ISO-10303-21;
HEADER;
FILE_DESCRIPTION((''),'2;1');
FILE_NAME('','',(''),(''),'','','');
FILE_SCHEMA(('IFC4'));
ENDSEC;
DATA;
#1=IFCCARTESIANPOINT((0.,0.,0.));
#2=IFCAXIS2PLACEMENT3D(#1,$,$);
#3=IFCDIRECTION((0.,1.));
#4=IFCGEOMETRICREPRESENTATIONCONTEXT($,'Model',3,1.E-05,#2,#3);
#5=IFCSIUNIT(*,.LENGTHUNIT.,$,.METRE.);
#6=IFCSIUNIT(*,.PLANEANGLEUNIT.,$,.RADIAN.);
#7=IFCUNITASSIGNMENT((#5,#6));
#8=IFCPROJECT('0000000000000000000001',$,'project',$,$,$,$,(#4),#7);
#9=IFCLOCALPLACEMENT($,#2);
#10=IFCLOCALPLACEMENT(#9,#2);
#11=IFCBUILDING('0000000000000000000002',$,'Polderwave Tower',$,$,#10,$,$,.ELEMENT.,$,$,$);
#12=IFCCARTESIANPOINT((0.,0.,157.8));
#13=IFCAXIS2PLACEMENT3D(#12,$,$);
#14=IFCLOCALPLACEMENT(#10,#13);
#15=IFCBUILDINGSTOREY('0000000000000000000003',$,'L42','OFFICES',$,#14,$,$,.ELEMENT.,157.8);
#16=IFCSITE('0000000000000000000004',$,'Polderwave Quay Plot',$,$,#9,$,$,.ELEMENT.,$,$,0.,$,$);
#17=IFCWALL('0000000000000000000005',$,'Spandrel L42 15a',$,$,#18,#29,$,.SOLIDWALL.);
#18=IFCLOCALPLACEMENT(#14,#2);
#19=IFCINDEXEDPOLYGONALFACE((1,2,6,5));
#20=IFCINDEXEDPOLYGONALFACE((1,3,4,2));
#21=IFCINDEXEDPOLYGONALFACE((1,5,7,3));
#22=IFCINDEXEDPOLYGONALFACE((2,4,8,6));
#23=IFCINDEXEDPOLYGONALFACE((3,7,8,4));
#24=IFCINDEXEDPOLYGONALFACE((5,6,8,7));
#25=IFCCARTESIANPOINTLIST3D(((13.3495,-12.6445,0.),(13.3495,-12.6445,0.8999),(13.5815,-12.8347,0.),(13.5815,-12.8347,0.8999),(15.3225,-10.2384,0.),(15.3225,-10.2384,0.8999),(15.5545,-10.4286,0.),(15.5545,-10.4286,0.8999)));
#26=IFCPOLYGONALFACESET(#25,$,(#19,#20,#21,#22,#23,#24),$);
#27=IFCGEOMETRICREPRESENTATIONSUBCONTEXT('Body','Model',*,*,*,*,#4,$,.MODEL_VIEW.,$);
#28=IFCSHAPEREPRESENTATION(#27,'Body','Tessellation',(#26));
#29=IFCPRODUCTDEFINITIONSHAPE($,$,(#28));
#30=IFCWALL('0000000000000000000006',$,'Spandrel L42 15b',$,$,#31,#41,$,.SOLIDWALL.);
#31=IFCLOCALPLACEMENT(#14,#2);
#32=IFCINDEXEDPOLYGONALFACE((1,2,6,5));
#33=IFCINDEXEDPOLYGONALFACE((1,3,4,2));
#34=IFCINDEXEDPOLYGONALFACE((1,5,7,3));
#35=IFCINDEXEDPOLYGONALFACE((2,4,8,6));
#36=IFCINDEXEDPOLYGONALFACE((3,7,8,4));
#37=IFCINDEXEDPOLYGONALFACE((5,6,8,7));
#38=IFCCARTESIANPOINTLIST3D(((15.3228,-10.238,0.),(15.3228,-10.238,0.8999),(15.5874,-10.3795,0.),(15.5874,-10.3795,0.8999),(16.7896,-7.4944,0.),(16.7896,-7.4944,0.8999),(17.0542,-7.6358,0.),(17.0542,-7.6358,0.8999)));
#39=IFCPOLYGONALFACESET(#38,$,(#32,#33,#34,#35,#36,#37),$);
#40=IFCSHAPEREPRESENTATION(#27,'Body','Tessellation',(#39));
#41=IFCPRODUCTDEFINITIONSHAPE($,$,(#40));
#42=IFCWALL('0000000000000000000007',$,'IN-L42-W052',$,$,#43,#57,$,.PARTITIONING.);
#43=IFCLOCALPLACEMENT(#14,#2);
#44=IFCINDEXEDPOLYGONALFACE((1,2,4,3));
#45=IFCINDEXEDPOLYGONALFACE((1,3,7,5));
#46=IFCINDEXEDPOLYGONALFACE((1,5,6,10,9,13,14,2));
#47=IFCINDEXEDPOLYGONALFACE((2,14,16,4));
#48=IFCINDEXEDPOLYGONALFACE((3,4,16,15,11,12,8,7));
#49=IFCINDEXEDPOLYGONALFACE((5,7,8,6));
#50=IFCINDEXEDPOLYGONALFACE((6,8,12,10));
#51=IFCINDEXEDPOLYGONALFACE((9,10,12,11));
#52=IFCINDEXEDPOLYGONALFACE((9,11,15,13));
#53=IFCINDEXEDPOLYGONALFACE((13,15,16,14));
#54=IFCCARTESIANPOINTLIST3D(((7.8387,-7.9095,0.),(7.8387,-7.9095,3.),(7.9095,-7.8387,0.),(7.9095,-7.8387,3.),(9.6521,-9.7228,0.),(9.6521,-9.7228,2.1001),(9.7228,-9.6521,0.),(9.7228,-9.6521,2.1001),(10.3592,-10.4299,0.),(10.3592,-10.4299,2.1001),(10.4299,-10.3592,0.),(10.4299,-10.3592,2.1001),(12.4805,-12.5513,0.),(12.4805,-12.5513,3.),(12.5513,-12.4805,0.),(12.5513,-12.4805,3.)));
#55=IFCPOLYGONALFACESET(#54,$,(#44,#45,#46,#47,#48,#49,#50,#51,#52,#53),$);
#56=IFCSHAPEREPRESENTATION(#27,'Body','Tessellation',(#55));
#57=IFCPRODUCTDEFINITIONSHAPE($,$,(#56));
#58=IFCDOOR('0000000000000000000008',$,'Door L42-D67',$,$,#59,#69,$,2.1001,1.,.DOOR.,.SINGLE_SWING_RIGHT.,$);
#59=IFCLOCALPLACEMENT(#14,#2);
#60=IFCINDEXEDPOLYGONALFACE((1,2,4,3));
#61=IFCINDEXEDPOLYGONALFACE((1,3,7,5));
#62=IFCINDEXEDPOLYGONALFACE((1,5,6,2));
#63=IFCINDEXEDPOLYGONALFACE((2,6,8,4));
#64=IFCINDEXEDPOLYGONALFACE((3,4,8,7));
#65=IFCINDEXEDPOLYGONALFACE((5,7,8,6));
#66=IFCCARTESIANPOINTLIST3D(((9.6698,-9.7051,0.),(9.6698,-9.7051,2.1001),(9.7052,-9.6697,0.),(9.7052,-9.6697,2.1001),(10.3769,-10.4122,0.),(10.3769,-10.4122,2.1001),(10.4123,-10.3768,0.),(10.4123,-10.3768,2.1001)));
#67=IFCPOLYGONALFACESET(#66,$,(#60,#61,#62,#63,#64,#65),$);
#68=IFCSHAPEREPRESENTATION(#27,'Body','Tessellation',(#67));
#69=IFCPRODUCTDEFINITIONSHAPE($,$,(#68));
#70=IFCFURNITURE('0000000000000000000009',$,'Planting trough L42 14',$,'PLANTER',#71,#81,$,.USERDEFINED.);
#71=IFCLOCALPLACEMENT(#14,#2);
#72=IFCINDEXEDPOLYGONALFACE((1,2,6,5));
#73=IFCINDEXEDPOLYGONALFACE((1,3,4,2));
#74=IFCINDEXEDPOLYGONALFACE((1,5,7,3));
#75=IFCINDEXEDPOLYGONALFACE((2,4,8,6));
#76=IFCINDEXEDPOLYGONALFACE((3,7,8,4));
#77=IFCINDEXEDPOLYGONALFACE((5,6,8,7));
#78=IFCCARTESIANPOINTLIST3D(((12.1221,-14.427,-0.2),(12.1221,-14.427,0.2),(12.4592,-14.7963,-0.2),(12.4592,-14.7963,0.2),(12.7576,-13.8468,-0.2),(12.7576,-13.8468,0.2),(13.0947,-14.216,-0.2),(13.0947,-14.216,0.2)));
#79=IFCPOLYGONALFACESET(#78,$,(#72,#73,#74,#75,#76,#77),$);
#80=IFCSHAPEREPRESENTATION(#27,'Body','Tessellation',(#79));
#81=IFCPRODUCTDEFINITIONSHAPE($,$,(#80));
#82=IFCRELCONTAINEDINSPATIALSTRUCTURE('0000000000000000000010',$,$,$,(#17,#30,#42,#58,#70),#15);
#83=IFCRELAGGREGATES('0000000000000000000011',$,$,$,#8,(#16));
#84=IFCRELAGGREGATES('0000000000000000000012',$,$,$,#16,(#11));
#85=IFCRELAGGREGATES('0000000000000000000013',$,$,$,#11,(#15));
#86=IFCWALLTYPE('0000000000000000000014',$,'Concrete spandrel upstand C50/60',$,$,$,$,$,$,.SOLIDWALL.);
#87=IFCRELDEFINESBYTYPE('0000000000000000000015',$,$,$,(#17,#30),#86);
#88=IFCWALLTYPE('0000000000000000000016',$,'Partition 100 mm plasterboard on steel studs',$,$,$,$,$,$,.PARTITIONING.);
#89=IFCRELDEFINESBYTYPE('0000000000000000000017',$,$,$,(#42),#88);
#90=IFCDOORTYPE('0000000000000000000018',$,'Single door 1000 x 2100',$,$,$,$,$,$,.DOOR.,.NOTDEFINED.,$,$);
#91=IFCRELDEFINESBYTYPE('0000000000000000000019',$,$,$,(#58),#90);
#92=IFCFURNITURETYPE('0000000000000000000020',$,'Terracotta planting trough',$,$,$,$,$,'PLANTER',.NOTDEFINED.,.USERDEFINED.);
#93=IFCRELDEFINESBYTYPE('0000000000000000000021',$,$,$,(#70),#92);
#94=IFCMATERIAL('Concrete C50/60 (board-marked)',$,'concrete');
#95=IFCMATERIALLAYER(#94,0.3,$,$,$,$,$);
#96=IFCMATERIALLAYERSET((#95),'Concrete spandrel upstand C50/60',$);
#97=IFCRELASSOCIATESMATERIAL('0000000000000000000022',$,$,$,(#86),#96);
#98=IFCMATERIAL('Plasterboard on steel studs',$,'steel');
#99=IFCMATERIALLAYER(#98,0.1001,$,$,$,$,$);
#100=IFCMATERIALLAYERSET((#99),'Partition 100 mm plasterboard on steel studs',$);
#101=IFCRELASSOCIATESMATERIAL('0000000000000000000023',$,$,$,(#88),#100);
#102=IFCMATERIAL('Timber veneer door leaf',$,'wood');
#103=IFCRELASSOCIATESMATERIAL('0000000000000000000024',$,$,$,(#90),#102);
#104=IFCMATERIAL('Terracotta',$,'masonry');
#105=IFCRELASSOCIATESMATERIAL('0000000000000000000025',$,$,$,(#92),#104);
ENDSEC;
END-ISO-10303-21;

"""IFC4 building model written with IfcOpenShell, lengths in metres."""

from ifc_helpers import new_model, si_unit, direction, frame, frame_2d, origin, origin_2d, place, context, subcontext, project, spatial, rectangle, extrude, material, layer, layer_set, type_object, element, fill, save


model = new_model("IFC4")

# Units and contexts
model_context = context("Model", 3, precision=1e-05, world=origin(), true_north=direction((0.0, 1.0)))
body_context = subcontext(model_context, "Body", "Model", "MODEL_VIEW")
ifc_project = project(units=[si_unit("LENGTHUNIT", "METRE"), si_unit("PLANEANGLEUNIT", "RADIAN")], contexts=[model_context])

# Site, building, storey
site_placement = place(None, origin())
site = spatial("IfcSite", under=ifc_project, at=site_placement, Name="Polderwave Quay Plot", CompositionType="ELEMENT", RefElevation=0.0)
building_placement = place(site_placement, origin())
building = spatial("IfcBuilding", under=site, at=building_placement, Name="Polderwave Tower", CompositionType="ELEMENT")
storey_placement = place(building_placement, frame((0.0, 0.0, 157.8)))
storey = spatial("IfcBuildingStorey", under=building, at=storey_placement, Name="L42", Description="OFFICES", CompositionType="ELEMENT", Elevation=157.8)

# Walls
ifc_material_1 = material(Name="Concrete C50/60 (board-marked)", Category="concrete")
ifc_layer_1 = layer(ifc_material_1, 0.3)
ifc_layer_set_1 = layer_set([ifc_layer_1], Name="Concrete spandrel upstand C50/60")
wall_type_1 = type_object("IfcWallType", Name="Concrete spandrel upstand C50/60", PredefinedType="SOLIDWALL", material=ifc_layer_set_1)
for number, where, z_axis, x_axis, name in (
    (1, (13.4656, -12.7395, 0.0), (0.0, 0.0, 1.0), (0.634075, 0.773272, 0.0), "Spandrel L42 15a"),
):
    element("IfcWall", number, at=place(storey_placement, frame(where, z_axis=z_axis, x_axis=x_axis)), inside=storey, type_object=wall_type_1, Name=name, PredefinedType="SOLIDWALL", context=body_context, shape_type="SweptSolid", body=[
        extrude(rectangle(XDim=3.1116, YDim=0.3, at=frame_2d((1.5557, 0.0))), origin(), (0.0, 0.0, 1.0), 0.8999),
    ])
wall_1_placement = place(storey_placement, frame((15.4551, -10.3088, 0.0), z_axis=(0.0, 0.0, 1.0), x_axis=(0.471468, 0.881883, 0.0)))
element("IfcWall", 2, at=wall_1_placement, inside=storey, type_object=wall_type_1, Name="Spandrel L42 15b", PredefinedType="SOLIDWALL", context=body_context, shape_type="SweptSolid", body=[
    extrude(rectangle(XDim=3.1111, YDim=0.3, at=frame_2d((1.5557, 0.0))), origin(), (0.0, 0.0, 1.0), 0.8999),
])

# Wall, opening, door
ifc_material_2 = material(Name="Plasterboard on steel studs", Category="steel")
ifc_layer_2 = layer(ifc_material_2, 0.1001)
ifc_layer_set_2 = layer_set([ifc_layer_2], Name="Partition 100 mm plasterboard on steel studs")
wall_type_2 = type_object("IfcWallType", Name="Partition 100 mm plasterboard on steel studs", PredefinedType="PARTITIONING", material=ifc_layer_set_2)
wall_2_placement = place(storey_placement, frame((12.5159, -12.5159, 0.0), z_axis=(0.0, 0.0, 1.0), x_axis=(-0.707107, 0.707107, 0.0)))
wall_2 = element("IfcWall", 3, at=wall_2_placement, inside=storey, type_object=wall_type_2, Name="IN-L42-W052", PredefinedType="PARTITIONING", context=body_context, shape_type="SweptSolid", body=[
    extrude(rectangle(XDim=6.5645, YDim=0.1001, at=frame_2d((3.2822, 0.0))), origin(), (0.0, 0.0, 1.0), 3.0),
])
opening_placement = place(wall_2_placement, frame((3.0, 0.0, 0.0)))
opening = element("IfcOpeningElement", 4, at=opening_placement, cuts=wall_2, PredefinedType="OPENING", context=body_context, shape_type="SweptSolid", body=[
    extrude(rectangle(XDim=1.0, YDim=2.1001, at=frame_2d((0.5, 1.05))), frame((0.0, 0.0601, 0.0), z_axis=(0.0, -1.0, 0.0), x_axis=(1.0, 0.0, 0.0)), (0.0, 0.0, 1.0), 0.1201),
])
ifc_material_3 = material(Name="Timber veneer door leaf", Category="wood")
door_type = type_object("IfcDoorType", Name="Single door 1000 x 2100", OperationType="NOTDEFINED", PredefinedType="DOOR", material=ifc_material_3)
door_placement = place(opening_placement, origin())
door = element("IfcDoor", 5, at=door_placement, inside=storey, type_object=door_type, Name="Door L42-D67", OperationType="SINGLE_SWING_RIGHT", OverallHeight=2.1001, OverallWidth=1.0, PredefinedType="DOOR", context=body_context, shape_type="SweptSolid", body=[
    extrude(rectangle(XDim=1.0, YDim=2.1001, at=frame_2d((0.5, 1.05))), frame((0.0, 0.0249, 0.0), z_axis=(0.0, -1.0, 0.0), x_axis=(1.0, 0.0, 0.0)), (0.0, 0.0, 1.0), 0.05),
])
fill(opening, door)

# Furniture
ifc_material_4 = material(Name="Terracotta", Category="masonry")
furniture_type = type_object("IfcFurnitureType", Name="Terracotta planting trough", ElementType="PLANTER", AssemblyPlace="NOTDEFINED", PredefinedType="USERDEFINED", material=ifc_material_4)
furniture_placement = place(storey_placement, frame((12.6084, -14.3215, -0.2), z_axis=(0.0, 0.0, 1.0), x_axis=(0.738499, 0.674255, 0.0)))
element("IfcFurniture", 6, at=furniture_placement, inside=storey, type_object=furniture_type, Name="Planting trough L42 14", ObjectType="PLANTER", PredefinedType="USERDEFINED", context=body_context, shape_type="SweptSolid", body=[
    extrude(rectangle(XDim=0.8606, YDim=0.5, at=origin_2d()), origin(), (0.0, 0.0, 1.0), 0.3999),
])

save(model, "model.ifc")
